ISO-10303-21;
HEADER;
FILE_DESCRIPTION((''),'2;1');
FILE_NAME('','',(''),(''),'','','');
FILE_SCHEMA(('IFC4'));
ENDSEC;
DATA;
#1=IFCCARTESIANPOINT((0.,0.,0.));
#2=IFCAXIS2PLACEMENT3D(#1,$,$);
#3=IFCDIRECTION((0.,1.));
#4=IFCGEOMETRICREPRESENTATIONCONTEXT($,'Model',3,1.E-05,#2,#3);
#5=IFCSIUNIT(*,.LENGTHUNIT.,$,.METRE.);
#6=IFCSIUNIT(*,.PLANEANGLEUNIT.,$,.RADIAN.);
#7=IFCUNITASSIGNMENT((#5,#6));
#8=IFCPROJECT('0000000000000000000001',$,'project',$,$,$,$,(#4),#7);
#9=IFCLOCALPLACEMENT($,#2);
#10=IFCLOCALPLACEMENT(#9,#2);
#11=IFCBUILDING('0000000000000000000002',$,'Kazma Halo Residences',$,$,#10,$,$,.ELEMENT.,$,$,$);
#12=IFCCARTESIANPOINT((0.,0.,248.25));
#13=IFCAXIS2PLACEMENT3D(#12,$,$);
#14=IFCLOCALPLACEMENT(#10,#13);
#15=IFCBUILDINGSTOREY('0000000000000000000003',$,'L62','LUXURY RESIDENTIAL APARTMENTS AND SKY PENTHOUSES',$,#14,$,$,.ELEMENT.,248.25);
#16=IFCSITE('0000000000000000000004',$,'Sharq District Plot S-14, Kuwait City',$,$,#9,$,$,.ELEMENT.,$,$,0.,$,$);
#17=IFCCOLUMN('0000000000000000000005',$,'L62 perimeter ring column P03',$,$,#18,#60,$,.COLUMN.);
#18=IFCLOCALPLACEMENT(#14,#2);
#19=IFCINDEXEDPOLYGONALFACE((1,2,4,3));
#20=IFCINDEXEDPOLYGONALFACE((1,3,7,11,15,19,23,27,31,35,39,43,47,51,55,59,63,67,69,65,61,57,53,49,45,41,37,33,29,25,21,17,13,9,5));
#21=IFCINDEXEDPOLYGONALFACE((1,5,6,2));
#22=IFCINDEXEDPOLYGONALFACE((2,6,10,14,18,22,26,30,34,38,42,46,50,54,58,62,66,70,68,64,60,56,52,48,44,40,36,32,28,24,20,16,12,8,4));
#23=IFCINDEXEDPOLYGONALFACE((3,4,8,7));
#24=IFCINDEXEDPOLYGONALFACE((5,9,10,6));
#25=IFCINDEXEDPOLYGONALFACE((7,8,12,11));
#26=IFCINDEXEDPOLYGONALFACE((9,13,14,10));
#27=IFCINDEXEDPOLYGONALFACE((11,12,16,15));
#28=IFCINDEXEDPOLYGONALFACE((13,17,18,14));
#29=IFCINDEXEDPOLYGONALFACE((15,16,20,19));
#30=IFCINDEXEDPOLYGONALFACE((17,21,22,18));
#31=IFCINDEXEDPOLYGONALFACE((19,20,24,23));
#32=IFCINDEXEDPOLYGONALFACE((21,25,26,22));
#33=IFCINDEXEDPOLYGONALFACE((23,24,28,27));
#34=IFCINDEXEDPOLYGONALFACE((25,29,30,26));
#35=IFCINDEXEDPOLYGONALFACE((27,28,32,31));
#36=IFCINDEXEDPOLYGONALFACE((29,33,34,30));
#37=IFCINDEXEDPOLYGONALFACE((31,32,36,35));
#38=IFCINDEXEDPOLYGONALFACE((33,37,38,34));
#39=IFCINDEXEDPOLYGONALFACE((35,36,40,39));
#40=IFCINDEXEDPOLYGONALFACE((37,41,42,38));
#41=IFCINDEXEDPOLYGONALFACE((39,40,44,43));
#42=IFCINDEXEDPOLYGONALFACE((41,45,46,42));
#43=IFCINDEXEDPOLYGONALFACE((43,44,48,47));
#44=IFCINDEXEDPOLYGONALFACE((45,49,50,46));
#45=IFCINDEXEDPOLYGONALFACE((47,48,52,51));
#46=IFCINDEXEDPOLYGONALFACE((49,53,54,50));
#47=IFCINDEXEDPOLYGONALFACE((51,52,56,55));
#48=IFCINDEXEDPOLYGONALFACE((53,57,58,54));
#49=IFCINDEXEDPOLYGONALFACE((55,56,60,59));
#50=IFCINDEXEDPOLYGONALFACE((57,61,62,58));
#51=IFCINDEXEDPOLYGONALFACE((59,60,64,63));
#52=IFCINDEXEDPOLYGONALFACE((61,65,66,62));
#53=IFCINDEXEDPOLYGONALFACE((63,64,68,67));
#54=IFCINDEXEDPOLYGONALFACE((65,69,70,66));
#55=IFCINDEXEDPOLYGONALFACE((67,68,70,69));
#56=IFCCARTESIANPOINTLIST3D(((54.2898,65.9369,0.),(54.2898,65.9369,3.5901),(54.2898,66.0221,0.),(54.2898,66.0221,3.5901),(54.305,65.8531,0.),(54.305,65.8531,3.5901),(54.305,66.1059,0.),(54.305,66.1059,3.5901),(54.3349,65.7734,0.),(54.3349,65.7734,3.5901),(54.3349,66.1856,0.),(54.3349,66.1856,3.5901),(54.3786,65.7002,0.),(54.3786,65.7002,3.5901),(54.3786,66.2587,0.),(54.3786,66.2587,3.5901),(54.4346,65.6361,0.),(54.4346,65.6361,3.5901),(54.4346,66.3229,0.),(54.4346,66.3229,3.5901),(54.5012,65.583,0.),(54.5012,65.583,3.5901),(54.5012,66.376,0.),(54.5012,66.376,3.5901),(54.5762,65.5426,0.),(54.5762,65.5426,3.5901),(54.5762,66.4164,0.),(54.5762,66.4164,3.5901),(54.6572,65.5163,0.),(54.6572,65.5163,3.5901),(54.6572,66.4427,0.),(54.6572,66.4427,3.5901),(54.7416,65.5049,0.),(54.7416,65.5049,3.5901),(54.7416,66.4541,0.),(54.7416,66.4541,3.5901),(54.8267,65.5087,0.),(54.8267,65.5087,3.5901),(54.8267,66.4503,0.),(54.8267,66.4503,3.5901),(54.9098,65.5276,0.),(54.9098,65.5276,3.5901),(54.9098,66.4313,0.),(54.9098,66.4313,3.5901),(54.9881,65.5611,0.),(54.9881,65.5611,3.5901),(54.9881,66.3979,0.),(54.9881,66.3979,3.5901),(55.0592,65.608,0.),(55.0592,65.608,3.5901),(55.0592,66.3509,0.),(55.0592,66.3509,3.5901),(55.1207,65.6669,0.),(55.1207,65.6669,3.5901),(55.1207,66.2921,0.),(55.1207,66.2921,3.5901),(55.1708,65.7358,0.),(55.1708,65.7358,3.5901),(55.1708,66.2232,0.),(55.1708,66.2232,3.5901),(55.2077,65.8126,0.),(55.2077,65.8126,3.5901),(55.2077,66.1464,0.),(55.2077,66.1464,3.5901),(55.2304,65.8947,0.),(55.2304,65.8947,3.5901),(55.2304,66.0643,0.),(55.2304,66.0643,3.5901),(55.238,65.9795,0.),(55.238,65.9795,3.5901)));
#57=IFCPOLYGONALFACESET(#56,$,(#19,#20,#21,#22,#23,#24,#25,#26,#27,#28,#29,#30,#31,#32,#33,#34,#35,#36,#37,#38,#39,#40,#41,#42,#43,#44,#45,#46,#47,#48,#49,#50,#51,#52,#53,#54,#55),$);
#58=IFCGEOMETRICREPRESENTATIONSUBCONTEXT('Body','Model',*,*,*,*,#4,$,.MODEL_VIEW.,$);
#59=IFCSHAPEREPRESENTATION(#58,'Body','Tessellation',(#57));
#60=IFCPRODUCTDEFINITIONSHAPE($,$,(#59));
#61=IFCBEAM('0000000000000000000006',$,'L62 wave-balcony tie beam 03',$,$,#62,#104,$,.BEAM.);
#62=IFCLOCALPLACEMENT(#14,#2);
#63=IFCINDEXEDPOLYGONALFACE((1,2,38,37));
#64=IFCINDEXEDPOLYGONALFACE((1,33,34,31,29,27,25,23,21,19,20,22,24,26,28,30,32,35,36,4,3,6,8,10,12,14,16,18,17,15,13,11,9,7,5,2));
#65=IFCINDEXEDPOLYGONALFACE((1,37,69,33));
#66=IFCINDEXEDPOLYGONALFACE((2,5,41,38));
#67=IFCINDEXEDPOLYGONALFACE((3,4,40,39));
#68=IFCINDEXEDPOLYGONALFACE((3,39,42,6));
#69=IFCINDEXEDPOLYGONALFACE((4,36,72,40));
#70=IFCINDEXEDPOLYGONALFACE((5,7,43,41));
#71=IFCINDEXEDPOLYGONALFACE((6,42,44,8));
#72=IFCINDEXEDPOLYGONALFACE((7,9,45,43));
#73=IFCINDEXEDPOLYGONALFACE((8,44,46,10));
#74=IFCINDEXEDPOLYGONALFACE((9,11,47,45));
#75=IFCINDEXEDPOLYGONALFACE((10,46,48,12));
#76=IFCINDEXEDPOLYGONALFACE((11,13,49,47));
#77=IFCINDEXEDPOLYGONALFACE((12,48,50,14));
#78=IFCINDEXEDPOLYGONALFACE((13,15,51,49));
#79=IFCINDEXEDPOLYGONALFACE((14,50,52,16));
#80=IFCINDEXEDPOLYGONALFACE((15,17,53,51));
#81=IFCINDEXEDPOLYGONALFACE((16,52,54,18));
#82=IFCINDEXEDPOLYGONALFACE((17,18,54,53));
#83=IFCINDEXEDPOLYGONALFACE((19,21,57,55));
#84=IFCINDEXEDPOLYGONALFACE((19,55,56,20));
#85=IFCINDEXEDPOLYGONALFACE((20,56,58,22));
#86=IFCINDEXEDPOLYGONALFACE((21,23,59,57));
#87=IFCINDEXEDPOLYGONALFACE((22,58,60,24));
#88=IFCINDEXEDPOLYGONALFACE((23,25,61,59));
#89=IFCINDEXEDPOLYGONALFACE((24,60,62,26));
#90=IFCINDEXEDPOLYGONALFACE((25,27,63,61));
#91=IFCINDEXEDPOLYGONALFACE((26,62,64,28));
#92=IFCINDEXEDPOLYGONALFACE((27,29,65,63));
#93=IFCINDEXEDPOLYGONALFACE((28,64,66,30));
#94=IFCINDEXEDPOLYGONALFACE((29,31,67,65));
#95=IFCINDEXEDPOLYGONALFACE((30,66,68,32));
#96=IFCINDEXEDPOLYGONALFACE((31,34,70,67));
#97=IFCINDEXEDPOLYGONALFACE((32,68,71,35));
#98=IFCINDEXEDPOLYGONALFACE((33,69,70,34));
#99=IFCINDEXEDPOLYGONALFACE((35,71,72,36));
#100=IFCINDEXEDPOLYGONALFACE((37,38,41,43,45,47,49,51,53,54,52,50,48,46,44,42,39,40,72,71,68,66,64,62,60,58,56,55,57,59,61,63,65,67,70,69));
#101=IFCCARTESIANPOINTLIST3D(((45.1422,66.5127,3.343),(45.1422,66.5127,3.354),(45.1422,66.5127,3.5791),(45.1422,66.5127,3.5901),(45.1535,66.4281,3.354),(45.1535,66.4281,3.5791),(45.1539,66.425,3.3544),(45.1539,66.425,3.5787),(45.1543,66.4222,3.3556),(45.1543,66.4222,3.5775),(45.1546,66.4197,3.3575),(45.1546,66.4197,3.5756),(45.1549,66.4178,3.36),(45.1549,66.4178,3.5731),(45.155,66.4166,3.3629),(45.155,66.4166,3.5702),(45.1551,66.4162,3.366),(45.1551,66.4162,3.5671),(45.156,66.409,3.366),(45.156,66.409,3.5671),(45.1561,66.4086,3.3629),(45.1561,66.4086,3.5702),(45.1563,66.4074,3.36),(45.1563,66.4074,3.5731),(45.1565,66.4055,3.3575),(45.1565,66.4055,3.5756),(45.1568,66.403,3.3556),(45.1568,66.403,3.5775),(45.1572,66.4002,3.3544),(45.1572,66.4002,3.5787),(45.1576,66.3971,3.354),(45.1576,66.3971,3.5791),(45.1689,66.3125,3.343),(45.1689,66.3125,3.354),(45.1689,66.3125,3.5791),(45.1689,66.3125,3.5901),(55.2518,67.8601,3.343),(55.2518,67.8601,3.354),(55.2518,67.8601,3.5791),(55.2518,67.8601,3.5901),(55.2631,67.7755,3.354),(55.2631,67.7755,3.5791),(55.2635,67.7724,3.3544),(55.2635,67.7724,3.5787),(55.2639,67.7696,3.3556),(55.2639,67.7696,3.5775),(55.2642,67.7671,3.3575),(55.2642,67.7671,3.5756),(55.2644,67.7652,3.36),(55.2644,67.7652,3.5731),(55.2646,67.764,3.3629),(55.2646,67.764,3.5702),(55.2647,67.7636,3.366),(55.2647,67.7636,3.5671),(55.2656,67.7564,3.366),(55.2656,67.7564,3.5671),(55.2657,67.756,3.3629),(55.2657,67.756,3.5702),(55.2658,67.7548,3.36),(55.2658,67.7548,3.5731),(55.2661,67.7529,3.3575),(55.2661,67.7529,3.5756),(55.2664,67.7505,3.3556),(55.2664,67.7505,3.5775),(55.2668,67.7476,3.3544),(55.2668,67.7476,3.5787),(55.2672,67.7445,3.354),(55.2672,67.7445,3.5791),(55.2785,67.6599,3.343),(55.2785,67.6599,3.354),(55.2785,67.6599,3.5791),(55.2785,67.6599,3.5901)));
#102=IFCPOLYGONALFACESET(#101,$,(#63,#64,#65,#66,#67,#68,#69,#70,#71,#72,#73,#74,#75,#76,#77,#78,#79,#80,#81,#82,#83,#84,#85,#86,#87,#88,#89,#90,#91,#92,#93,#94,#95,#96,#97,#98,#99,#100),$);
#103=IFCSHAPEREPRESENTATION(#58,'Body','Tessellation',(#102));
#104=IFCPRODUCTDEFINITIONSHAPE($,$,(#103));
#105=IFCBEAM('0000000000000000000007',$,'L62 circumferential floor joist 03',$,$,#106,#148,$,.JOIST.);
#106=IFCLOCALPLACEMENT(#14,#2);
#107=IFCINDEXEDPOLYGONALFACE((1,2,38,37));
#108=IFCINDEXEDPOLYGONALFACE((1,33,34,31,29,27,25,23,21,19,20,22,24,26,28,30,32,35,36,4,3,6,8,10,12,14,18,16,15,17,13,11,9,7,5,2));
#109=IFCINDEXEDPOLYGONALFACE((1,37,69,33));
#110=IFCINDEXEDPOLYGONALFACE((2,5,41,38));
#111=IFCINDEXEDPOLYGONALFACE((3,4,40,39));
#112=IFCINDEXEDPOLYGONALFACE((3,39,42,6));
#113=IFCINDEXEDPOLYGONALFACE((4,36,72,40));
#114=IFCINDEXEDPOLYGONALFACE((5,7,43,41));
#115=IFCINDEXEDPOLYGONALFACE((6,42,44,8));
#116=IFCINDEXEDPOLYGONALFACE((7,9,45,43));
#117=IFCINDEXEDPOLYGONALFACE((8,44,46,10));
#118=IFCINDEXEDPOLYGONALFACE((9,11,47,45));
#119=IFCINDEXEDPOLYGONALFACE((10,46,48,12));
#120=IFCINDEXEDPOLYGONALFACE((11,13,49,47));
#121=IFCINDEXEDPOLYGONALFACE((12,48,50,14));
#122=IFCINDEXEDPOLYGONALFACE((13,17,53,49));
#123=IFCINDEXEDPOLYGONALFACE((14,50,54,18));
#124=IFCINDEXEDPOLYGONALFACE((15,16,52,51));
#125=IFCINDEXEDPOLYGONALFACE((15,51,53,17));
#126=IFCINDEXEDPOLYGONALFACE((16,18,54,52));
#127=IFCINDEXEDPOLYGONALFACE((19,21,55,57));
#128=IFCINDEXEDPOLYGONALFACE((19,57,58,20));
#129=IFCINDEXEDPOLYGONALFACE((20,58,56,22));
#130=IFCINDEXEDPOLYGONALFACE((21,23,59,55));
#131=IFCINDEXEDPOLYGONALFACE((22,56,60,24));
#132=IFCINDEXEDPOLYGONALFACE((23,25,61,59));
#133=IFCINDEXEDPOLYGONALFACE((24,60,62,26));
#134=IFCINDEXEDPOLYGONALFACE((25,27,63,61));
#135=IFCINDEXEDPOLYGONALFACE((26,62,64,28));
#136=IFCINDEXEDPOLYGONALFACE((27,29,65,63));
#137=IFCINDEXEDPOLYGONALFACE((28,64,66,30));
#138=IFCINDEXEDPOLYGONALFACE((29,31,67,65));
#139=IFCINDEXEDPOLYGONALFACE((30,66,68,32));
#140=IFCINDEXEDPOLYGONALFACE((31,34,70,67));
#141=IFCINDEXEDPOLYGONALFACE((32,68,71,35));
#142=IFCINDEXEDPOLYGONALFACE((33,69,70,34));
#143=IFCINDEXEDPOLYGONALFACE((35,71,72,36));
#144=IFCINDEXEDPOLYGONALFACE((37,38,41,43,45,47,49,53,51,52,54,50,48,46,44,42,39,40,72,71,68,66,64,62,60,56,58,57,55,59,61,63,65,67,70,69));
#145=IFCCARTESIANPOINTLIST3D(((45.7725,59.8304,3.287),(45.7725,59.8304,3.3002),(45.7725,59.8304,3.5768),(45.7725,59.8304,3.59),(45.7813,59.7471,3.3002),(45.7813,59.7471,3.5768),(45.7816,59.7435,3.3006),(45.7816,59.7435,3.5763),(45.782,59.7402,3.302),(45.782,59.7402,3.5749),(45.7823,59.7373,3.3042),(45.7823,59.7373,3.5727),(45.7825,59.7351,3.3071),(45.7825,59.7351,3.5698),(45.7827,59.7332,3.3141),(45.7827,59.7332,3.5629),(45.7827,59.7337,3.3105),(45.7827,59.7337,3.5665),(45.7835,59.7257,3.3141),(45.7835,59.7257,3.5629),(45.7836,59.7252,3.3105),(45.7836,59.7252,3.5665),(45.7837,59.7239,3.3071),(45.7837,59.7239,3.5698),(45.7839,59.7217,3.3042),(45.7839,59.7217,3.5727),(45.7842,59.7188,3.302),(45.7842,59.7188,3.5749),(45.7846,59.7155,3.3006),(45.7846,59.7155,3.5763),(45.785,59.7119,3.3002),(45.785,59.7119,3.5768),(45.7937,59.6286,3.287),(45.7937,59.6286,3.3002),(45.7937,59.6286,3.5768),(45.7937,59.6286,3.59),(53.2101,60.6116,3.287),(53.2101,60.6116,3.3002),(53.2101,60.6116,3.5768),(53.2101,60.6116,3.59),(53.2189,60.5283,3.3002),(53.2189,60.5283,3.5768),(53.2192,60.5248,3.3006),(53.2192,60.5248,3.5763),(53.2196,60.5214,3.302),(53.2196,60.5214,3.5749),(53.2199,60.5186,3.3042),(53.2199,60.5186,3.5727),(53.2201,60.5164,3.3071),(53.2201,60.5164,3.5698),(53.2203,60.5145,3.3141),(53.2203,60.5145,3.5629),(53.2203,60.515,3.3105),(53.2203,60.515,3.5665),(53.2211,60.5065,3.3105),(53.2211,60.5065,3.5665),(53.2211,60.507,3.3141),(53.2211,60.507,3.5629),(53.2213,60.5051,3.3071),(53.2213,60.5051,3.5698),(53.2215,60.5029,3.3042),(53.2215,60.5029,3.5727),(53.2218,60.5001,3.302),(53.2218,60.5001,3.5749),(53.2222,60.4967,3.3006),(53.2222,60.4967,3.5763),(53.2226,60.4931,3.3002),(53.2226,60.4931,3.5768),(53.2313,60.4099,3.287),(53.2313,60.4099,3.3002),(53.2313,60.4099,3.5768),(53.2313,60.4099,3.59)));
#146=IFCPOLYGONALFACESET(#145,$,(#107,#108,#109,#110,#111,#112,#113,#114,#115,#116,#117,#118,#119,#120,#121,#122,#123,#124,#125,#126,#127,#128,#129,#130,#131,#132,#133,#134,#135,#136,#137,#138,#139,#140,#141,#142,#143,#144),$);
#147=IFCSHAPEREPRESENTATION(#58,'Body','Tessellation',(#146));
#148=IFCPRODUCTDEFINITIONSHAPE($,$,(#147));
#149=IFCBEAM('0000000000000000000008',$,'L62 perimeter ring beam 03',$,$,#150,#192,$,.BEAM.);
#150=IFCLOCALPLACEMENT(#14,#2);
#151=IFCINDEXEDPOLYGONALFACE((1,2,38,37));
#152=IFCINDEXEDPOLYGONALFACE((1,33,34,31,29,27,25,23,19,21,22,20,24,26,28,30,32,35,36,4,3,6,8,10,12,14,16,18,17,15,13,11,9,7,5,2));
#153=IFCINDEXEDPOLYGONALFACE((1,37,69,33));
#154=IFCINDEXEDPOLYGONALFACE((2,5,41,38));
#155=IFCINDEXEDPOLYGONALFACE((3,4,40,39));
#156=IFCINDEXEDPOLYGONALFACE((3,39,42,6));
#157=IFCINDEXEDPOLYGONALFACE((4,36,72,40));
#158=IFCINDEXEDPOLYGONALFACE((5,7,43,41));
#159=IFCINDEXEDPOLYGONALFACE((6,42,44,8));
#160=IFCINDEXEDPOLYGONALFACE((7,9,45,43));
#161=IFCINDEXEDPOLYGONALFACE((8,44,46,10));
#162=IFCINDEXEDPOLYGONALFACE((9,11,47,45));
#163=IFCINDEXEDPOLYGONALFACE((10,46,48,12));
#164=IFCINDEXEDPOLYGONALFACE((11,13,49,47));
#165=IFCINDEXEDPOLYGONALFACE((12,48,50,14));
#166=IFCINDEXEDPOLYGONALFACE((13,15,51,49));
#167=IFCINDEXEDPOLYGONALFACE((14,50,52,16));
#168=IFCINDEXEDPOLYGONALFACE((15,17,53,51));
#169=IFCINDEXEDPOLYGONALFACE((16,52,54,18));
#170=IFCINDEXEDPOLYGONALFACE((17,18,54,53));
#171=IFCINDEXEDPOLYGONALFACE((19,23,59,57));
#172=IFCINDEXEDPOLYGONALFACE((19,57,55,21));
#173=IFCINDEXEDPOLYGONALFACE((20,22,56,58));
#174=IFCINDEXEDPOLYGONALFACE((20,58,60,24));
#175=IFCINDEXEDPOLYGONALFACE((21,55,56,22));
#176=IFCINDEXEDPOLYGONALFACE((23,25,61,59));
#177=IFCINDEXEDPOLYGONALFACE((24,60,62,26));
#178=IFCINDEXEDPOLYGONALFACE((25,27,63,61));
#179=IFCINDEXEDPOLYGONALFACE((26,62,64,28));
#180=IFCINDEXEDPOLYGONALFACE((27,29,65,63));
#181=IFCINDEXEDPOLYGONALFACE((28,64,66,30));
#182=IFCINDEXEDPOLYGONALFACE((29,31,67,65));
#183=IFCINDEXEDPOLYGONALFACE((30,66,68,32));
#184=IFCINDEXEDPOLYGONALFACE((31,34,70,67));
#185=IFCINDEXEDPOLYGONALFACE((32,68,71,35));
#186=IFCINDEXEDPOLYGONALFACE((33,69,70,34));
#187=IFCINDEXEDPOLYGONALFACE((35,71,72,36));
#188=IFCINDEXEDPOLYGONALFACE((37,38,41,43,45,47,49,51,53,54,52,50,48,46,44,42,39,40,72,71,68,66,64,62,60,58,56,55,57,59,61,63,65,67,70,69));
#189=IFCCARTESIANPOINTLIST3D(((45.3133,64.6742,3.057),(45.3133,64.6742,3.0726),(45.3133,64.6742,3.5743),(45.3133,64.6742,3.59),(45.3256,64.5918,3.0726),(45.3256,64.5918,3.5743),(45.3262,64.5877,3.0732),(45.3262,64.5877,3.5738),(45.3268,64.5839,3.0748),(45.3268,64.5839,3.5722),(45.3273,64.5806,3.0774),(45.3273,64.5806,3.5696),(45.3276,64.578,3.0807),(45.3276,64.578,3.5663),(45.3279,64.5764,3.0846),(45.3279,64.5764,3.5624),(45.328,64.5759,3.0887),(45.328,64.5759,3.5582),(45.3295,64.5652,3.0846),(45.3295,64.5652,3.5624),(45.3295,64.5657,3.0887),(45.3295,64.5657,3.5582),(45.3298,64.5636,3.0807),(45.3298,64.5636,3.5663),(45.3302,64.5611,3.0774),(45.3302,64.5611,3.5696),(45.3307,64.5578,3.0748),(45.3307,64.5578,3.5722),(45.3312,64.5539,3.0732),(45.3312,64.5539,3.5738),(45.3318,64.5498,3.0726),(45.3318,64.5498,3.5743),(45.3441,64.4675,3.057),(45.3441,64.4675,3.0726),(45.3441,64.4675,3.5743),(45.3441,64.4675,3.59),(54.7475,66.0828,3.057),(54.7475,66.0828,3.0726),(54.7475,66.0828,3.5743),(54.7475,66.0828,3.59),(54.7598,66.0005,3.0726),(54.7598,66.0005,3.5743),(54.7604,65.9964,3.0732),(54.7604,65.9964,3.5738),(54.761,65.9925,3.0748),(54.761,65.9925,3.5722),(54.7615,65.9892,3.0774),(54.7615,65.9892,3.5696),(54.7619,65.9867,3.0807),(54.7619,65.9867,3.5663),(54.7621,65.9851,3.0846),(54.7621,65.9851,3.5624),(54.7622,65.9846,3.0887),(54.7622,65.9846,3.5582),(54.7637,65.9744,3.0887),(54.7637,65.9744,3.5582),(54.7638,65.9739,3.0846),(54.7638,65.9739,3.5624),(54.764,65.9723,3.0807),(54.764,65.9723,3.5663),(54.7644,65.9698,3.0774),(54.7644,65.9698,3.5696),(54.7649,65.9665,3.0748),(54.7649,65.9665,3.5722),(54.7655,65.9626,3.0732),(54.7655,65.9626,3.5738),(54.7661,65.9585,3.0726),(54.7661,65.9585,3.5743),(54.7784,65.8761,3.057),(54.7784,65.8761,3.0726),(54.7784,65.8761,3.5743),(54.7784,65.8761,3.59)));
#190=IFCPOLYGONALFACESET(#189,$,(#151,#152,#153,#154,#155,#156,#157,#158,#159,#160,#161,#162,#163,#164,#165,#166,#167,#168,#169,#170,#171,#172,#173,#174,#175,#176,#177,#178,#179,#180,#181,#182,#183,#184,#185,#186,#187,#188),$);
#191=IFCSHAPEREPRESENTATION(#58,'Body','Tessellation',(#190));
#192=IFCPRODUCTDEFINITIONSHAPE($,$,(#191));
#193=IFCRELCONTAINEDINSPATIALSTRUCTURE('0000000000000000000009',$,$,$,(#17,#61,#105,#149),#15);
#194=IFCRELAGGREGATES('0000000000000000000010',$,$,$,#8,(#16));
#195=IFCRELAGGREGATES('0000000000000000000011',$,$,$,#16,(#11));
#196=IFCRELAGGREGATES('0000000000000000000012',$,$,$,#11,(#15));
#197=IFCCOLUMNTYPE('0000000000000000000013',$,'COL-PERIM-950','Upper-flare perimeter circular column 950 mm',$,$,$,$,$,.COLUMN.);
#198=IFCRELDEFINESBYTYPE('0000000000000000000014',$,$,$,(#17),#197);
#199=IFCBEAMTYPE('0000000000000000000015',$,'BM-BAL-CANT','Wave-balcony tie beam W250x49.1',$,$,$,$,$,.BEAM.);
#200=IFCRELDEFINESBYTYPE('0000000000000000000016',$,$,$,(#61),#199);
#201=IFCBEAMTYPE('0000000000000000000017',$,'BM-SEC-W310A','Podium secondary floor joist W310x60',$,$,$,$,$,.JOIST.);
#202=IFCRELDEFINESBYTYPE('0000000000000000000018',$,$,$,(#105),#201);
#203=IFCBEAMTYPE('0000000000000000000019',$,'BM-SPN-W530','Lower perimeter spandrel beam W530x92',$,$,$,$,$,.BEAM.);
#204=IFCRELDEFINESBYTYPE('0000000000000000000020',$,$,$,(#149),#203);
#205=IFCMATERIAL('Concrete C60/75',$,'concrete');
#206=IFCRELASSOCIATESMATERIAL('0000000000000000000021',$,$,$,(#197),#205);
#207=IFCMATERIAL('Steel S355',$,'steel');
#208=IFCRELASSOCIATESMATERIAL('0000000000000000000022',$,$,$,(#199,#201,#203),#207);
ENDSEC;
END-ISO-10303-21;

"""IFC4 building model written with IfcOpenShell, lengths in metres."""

from ifc_helpers import new_model, si_unit, direction, frame, origin, origin_2d, place, context, subcontext, project, spatial, circle, i_section, extrude, material, material_profile, profile_set, type_object, element, save


model = new_model("IFC4")

# Units and contexts
model_context = context("Model", 3, precision=1e-05, world=origin(), true_north=direction((0.0, 1.0)))
body_context = subcontext(model_context, "Body", "Model", "MODEL_VIEW")
ifc_project = project(units=[si_unit("LENGTHUNIT", "METRE"), si_unit("PLANEANGLEUNIT", "RADIAN")], contexts=[model_context])

# Site, building, storey
site_placement = place(None, origin())
site = spatial("IfcSite", under=ifc_project, at=site_placement, Name="Sharq District Plot S-14, Kuwait City", CompositionType="ELEMENT", RefElevation=0.0)
building_placement = place(site_placement, origin())
building = spatial("IfcBuilding", under=site, at=building_placement, Name="Kazma Halo Residences", CompositionType="ELEMENT")
storey_placement = place(building_placement, frame((0.0, 0.0, 248.25)))
storey = spatial("IfcBuildingStorey", under=building, at=storey_placement, Name="L62", Description="LUXURY RESIDENTIAL APARTMENTS AND SKY PENTHOUSES", CompositionType="ELEMENT", Elevation=248.25)

# Column
ifc_material_1 = material(Name="Concrete C60/75", Category="concrete")
ifc_material_profile_1 = material_profile(ifc_material_1, circle(Radius=0.4751, at=origin_2d()), Name="CIRC950")
ifc_profile_set_1 = profile_set([ifc_material_profile_1], Name="Concrete C60/75")
column_type = type_object("IfcColumnType", Name="COL-PERIM-950", Description="Upper-flare perimeter circular column 950 mm", PredefinedType="COLUMN", material=ifc_profile_set_1)
column_placement = place(storey_placement, frame((54.7629, 65.9795, 0.0), z_axis=(0.0, 0.0, 1.0), x_axis=(1.0, 0.0, 0.0)))
element("IfcColumn", 1, at=column_placement, inside=storey, type_object=column_type, Name="L62 perimeter ring column P03", PredefinedType="COLUMN", context=body_context, shape_type="SweptSolid", body=[
    extrude(circle(Radius=0.4751, at=origin_2d()), origin(), (0.0, 0.0, 1.0), 3.5901),
])

# Beams
ifc_material_2 = material(Name="Steel S355", Category="steel")
ifc_material_profile_2 = material_profile(ifc_material_2, i_section(OverallWidth=0.2019, OverallDepth=0.2471, WebThickness=0.0073, FlangeThickness=0.011, FilletRadius=0.012, at=origin_2d()), Name="W250x49.1")
ifc_profile_set_2 = profile_set([ifc_material_profile_2], Name="Steel S355")
beam_type_1 = type_object("IfcBeamType", Name="BM-BAL-CANT", Description="Wave-balcony tie beam W250x49.1", PredefinedType="BEAM", material=ifc_profile_set_2)
beam_1_placement = place(storey_placement, frame((55.2651, 67.76, 3.4666), z_axis=(-0.991235, -0.132112, 0.0), x_axis=(0.132112, -0.991235, 0.0)))
element("IfcBeam", 2, at=beam_1_placement, inside=storey, type_object=beam_type_1, Name="L62 wave-balcony tie beam 03", PredefinedType="BEAM", context=body_context, shape_type="SweptSolid", body=[
    extrude(i_section(OverallWidth=0.2019, OverallDepth=0.2471, WebThickness=0.0073, FlangeThickness=0.011, FilletRadius=0.012, at=origin_2d()), origin(), (0.0, 0.0, 1.0), 10.199),
])
ifc_material_profile_3 = material_profile(ifc_material_2, i_section(OverallWidth=0.2029, OverallDepth=0.303, WebThickness=0.0076, FlangeThickness=0.0132, FilletRadius=0.0139, at=origin_2d()), Name="W310x60")
ifc_profile_set_3 = profile_set([ifc_material_profile_3], Name="Steel S355")
beam_type_2 = type_object("IfcBeamType", Name="BM-SEC-W310A", Description="Podium secondary floor joist W310x60", PredefinedType="JOIST", material=ifc_profile_set_3)
beam_2_placement = place(storey_placement, frame((53.2207, 60.5107, 3.4385), z_axis=(-0.994528, -0.104467, 0.0), x_axis=(0.104467, -0.994528, 0.0)))
element("IfcBeam", 3, at=beam_2_placement, inside=storey, type_object=beam_type_2, Name="L62 circumferential floor joist 03", PredefinedType="JOIST", context=body_context, shape_type="SweptSolid", body=[
    extrude(i_section(OverallWidth=0.2029, OverallDepth=0.303, WebThickness=0.0076, FlangeThickness=0.0132, FilletRadius=0.0139, at=origin_2d()), origin(), (0.0, 0.0, 1.0), 7.4785),
])
ifc_material_profile_4 = material_profile(ifc_material_2, i_section(OverallWidth=0.209, OverallDepth=0.533, WebThickness=0.0103, FlangeThickness=0.0156, FilletRadius=0.0161, at=origin_2d()), Name="W530x92")
ifc_profile_set_4 = profile_set([ifc_material_profile_4], Name="Steel S355")
beam_type_3 = type_object("IfcBeamType", Name="BM-SPN-W530", Description="Lower perimeter spandrel beam W530x92", PredefinedType="BEAM", material=ifc_profile_set_4)
beam_3_placement = place(storey_placement, frame((54.7629, 65.9795, 3.3235), z_axis=(-0.989035, -0.147678, 0.0), x_axis=(0.147678, -0.989035, 0.0)))
element("IfcBeam", 4, at=beam_3_placement, inside=storey, type_object=beam_type_3, Name="L62 perimeter ring beam 03", PredefinedType="BEAM", context=body_context, shape_type="SweptSolid", body=[
    extrude(i_section(OverallWidth=0.209, OverallDepth=0.533, WebThickness=0.0103, FlangeThickness=0.0156, FilletRadius=0.0161, at=origin_2d()), origin(), (0.0, 0.0, 1.0), 9.5388),
])

save(model, "model.ifc")
